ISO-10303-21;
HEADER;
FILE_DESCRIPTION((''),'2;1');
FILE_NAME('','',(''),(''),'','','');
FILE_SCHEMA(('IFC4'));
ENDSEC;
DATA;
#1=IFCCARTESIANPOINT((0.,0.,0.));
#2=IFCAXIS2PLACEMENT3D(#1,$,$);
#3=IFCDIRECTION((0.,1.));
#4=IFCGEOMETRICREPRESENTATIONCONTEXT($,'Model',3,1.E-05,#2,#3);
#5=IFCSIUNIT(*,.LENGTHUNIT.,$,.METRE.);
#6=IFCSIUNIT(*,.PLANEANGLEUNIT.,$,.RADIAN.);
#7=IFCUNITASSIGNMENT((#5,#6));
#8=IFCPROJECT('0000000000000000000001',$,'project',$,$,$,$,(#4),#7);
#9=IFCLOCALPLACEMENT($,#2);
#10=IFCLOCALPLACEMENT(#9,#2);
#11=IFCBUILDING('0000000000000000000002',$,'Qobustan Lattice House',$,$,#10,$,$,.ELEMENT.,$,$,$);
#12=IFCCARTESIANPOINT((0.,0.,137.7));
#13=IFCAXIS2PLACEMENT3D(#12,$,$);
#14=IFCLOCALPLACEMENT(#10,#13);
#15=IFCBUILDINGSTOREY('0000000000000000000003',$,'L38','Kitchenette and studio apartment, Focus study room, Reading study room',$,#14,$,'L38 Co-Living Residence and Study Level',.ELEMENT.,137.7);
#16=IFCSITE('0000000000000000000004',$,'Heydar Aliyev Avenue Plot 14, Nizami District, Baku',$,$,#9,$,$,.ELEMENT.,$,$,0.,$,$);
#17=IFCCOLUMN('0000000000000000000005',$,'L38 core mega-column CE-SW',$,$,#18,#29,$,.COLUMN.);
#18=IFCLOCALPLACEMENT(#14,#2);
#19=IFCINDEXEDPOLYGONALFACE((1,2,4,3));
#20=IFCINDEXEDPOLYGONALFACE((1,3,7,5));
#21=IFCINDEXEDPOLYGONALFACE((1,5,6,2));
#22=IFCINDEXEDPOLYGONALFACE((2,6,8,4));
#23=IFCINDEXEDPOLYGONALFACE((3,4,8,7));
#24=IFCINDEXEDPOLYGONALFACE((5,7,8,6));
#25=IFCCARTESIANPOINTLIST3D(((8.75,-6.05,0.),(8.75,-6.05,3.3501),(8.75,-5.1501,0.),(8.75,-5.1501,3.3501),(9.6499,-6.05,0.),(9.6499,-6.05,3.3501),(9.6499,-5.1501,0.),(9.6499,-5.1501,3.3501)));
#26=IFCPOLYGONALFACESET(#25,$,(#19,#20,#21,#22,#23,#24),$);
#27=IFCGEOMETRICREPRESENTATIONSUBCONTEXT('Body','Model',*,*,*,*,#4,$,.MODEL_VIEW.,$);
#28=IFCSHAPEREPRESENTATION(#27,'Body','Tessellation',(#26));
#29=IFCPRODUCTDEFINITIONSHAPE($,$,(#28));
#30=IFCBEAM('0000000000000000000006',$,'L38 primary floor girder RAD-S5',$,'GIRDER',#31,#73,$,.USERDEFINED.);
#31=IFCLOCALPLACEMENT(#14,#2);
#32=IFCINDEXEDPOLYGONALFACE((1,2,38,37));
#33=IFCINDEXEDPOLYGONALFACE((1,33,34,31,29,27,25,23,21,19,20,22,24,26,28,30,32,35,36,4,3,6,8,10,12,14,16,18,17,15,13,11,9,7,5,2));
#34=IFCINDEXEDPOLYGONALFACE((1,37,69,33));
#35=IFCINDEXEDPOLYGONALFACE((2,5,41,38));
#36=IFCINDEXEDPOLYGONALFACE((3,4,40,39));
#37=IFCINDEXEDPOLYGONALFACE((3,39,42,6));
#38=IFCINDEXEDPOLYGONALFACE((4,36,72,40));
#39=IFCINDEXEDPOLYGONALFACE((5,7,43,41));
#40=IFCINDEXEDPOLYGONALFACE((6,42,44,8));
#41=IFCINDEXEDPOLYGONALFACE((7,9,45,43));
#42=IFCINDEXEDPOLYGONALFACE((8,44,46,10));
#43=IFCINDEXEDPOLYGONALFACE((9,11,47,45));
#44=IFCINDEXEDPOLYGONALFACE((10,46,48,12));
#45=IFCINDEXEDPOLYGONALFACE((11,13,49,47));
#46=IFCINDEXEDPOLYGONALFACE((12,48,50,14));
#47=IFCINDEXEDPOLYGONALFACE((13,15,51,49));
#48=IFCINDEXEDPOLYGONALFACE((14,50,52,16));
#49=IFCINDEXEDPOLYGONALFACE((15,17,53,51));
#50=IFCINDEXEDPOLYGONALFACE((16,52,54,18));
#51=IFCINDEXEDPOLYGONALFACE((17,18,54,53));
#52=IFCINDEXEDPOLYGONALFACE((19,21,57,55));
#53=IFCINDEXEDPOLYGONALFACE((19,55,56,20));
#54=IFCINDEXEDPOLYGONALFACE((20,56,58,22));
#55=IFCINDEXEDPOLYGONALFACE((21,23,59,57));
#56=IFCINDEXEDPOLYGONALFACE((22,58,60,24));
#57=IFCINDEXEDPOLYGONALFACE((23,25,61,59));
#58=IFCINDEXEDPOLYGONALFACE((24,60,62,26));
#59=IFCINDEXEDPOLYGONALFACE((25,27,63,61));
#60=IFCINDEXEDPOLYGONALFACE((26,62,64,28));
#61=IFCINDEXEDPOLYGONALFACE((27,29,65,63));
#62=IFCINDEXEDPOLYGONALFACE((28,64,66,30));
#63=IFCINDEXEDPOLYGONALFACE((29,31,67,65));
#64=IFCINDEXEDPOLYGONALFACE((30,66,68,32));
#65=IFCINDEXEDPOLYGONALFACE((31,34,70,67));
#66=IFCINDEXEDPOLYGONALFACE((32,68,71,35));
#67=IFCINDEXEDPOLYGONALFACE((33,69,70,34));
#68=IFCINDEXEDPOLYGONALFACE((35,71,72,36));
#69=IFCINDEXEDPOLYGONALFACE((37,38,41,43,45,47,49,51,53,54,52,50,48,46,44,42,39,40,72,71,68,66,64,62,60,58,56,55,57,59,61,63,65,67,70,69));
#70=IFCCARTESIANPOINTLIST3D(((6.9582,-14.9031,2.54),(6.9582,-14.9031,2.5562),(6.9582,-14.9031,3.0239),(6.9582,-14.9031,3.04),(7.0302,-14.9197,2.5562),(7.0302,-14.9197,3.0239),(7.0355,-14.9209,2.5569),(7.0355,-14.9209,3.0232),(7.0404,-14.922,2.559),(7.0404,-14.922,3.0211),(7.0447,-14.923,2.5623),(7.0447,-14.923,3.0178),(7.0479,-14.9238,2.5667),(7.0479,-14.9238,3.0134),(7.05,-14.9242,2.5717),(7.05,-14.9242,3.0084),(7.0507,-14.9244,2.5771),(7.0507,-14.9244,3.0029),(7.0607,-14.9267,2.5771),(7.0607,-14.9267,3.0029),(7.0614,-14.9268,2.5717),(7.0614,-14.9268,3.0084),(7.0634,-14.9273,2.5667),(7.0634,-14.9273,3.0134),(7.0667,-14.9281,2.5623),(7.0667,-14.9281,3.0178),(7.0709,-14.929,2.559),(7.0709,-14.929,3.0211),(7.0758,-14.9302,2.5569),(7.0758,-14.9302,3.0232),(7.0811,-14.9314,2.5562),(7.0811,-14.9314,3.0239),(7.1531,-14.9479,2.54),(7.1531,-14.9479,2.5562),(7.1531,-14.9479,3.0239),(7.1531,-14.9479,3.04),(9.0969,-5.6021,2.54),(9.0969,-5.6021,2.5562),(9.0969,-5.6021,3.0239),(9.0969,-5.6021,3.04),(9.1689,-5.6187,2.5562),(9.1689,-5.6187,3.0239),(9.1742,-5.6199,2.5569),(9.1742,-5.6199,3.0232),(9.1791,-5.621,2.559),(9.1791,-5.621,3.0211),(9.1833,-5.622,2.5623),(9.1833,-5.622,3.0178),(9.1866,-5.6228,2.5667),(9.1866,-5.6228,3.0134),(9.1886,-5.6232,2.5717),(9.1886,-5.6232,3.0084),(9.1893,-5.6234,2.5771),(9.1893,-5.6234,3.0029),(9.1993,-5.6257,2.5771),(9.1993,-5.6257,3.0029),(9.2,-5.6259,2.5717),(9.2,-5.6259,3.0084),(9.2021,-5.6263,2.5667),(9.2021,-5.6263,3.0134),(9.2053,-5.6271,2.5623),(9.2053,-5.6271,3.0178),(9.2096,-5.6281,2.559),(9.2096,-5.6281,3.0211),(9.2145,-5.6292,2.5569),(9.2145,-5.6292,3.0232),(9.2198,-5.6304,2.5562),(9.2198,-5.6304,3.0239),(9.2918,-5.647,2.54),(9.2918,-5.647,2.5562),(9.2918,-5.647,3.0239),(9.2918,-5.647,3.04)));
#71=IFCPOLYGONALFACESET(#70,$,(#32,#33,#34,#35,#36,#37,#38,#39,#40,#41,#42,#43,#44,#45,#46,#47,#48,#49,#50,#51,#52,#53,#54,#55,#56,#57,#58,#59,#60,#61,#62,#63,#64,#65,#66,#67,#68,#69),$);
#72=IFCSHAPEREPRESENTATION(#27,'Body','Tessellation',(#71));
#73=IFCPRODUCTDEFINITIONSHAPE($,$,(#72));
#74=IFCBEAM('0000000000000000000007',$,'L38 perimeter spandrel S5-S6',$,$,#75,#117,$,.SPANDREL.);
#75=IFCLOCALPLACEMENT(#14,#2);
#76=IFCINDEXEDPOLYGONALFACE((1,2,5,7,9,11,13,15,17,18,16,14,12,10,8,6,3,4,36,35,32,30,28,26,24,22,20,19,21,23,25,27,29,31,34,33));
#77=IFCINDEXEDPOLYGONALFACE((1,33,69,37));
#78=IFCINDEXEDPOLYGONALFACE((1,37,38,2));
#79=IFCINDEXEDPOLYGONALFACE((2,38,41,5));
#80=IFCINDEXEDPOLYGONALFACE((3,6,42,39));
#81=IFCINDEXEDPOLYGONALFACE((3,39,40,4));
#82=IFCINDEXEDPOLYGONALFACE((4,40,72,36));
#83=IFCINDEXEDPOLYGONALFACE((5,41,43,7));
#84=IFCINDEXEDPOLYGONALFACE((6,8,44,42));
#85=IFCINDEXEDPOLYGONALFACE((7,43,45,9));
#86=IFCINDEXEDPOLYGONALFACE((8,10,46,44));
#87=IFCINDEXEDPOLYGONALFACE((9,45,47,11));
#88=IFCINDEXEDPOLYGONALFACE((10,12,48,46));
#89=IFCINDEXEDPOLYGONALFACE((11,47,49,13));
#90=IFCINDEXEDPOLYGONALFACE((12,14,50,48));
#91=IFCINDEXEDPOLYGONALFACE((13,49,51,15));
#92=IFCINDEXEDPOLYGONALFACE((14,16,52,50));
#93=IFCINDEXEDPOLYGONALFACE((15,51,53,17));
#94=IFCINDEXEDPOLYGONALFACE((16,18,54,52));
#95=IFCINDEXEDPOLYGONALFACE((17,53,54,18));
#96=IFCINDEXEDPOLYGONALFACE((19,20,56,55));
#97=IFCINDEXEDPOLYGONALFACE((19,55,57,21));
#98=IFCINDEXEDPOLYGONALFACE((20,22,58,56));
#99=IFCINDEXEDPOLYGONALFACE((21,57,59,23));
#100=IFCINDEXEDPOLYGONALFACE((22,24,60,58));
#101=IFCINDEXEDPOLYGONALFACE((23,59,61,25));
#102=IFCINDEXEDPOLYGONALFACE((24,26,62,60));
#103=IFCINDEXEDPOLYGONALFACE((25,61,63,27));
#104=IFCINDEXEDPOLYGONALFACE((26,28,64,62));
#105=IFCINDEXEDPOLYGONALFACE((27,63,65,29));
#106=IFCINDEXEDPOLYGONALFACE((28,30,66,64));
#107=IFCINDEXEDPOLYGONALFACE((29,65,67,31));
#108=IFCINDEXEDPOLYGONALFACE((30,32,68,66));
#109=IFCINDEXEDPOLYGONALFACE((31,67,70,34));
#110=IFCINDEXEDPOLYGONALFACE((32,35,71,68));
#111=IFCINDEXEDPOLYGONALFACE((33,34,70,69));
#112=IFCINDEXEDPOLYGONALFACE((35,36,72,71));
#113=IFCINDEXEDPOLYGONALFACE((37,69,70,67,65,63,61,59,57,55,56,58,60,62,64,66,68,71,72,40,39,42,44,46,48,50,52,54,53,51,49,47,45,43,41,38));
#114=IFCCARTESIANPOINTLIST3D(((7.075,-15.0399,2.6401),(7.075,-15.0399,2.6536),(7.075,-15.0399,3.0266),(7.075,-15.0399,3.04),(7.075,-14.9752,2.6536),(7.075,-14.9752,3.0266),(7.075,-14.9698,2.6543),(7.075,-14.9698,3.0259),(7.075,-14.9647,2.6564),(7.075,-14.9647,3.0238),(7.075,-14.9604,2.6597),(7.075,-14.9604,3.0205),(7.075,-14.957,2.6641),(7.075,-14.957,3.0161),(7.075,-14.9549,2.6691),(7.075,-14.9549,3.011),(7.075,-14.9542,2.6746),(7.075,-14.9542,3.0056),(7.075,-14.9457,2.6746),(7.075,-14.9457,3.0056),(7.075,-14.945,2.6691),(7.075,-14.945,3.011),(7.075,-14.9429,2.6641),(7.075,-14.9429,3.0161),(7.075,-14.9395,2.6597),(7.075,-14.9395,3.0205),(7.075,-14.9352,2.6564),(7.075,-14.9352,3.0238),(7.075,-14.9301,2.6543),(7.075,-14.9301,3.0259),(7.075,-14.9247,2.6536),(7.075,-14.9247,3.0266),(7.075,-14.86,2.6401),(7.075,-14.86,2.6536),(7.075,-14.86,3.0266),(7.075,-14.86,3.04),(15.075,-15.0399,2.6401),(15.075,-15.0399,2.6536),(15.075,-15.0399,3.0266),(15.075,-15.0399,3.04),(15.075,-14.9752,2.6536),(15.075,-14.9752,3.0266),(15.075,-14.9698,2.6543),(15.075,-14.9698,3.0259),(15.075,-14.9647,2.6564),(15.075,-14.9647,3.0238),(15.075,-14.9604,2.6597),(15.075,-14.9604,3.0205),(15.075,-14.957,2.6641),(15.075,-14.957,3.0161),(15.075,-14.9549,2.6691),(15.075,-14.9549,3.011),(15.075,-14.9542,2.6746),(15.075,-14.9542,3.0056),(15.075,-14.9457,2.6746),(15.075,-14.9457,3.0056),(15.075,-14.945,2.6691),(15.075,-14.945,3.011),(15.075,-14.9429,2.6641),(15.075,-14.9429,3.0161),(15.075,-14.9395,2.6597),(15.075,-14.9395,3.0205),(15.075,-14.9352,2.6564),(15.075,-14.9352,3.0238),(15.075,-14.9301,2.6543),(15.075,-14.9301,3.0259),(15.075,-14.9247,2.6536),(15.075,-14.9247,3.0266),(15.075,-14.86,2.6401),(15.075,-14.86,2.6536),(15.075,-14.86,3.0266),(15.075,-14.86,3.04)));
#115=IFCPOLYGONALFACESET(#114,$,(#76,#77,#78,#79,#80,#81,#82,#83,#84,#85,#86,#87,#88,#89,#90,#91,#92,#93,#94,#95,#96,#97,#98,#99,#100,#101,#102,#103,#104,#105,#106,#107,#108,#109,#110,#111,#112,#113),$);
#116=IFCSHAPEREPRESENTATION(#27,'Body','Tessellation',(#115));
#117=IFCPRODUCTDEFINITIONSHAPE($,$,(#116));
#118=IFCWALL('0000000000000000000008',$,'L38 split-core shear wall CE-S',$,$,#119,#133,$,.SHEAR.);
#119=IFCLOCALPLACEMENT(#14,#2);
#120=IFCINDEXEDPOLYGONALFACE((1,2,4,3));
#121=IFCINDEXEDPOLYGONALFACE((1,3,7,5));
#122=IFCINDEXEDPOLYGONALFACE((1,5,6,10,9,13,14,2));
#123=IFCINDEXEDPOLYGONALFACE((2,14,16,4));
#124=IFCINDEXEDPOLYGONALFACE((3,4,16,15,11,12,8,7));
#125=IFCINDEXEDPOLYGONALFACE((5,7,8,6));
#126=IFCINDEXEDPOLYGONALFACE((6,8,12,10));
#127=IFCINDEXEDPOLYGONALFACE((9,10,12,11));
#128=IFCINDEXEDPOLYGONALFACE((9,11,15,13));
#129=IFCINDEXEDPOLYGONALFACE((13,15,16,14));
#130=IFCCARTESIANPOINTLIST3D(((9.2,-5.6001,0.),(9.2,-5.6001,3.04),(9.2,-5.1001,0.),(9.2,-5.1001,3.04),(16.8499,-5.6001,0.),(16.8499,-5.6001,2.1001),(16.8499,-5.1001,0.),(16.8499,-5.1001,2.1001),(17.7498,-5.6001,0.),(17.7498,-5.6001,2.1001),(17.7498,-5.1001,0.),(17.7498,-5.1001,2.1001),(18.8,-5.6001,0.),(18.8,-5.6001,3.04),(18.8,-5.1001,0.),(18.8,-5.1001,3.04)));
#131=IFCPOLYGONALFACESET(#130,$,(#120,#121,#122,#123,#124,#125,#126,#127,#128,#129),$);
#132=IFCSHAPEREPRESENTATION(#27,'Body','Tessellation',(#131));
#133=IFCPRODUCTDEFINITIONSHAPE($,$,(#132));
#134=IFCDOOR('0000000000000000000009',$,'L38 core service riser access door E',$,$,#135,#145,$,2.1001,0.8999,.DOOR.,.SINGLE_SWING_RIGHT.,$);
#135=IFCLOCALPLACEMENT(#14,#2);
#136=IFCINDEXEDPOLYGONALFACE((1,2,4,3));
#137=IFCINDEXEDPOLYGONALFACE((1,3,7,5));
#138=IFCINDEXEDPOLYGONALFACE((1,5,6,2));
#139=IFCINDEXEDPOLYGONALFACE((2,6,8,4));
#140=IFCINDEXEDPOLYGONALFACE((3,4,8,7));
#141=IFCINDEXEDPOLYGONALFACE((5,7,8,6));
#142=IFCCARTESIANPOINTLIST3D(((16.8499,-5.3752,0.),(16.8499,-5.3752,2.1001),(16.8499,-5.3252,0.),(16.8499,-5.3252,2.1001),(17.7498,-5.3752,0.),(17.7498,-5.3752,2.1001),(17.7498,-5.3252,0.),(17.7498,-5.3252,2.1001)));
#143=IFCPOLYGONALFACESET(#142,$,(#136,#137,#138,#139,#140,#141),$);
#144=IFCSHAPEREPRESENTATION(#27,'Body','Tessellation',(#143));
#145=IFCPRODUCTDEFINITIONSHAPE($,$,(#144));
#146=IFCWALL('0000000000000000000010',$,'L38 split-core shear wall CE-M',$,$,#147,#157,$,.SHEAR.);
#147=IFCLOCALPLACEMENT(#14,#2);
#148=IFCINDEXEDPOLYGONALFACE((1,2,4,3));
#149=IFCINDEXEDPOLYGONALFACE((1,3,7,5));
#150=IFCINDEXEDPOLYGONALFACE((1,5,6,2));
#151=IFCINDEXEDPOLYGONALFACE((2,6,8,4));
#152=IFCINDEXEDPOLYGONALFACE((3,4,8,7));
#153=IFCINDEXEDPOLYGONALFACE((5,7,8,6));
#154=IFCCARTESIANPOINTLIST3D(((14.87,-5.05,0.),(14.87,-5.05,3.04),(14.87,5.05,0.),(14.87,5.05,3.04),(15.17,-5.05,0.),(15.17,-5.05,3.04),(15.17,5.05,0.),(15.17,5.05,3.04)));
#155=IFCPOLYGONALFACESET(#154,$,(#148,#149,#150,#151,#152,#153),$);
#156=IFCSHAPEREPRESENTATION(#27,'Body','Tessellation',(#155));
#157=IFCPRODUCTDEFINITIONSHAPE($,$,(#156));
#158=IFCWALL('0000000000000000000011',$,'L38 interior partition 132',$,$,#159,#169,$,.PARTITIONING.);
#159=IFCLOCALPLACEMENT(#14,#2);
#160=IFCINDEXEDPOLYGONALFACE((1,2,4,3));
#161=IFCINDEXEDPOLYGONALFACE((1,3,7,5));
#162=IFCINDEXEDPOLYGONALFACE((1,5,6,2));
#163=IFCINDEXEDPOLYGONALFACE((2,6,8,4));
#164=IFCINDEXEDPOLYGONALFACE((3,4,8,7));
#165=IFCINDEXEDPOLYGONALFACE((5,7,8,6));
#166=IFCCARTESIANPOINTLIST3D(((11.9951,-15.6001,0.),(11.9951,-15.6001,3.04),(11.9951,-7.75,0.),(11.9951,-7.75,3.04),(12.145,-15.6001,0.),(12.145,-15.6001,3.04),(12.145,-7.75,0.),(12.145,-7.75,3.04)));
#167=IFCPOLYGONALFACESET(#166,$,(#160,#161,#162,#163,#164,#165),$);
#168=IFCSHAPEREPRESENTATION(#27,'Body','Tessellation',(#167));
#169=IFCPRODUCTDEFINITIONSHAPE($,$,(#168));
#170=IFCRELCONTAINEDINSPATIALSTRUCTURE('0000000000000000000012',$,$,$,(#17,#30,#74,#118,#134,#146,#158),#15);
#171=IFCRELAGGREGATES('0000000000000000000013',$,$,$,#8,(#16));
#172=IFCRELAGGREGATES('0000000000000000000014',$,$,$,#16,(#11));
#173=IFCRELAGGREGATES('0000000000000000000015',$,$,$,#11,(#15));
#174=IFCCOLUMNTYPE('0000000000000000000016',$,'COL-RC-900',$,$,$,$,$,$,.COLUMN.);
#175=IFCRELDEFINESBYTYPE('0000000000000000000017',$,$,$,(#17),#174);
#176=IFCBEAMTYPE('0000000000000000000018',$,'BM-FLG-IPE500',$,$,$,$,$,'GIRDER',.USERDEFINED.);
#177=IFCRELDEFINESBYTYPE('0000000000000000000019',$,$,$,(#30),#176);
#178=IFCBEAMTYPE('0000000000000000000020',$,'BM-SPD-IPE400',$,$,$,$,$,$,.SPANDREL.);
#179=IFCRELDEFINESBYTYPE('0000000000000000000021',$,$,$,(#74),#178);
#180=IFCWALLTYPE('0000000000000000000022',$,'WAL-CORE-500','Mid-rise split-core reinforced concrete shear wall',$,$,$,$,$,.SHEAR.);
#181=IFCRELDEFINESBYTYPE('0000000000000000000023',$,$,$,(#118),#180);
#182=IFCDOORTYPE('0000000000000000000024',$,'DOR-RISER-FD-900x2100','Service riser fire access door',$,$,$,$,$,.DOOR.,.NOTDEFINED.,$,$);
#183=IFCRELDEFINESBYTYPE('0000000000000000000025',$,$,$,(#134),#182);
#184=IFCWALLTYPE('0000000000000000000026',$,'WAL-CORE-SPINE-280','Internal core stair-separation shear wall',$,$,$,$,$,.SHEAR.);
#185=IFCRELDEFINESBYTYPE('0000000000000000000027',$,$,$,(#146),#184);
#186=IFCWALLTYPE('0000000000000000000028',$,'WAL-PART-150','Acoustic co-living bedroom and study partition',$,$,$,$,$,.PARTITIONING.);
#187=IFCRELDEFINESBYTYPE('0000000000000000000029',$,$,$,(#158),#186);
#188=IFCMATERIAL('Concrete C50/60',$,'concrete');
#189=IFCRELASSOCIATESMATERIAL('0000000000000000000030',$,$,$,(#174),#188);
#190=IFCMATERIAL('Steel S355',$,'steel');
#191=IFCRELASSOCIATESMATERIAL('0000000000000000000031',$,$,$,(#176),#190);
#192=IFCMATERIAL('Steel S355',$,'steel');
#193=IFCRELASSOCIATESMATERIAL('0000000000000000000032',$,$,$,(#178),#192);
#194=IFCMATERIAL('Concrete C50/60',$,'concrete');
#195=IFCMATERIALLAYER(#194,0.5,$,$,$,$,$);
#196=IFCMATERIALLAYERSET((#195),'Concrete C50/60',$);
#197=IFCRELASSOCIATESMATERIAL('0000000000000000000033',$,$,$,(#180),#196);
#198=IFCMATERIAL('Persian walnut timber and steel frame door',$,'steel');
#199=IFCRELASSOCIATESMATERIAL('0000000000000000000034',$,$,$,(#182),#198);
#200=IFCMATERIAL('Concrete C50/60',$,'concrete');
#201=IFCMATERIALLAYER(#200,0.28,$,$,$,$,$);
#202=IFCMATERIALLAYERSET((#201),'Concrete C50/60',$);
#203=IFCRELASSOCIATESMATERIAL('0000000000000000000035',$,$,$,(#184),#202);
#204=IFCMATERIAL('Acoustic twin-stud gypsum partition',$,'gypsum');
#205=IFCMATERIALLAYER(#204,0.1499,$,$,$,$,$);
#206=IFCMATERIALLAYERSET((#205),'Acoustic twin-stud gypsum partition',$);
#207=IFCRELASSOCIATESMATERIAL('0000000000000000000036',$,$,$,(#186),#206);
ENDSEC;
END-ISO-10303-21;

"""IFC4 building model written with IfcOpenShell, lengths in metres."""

from ifc_helpers import new_model, si_unit, direction, frame, frame_2d, origin, origin_2d, place, context, subcontext, project, spatial, rectangle, i_section, extrude, material, layer, layer_set, material_profile, profile_set, type_object, element, fill, save


model = new_model("IFC4")

# Units and contexts
model_context = context("Model", 3, precision=1e-05, world=origin(), true_north=direction((0.0, 1.0)))
body_context = subcontext(model_context, "Body", "Model", "MODEL_VIEW")
ifc_project = project(units=[si_unit("LENGTHUNIT", "METRE"), si_unit("PLANEANGLEUNIT", "RADIAN")], contexts=[model_context])

# Site, building, storey
site_placement = place(None, origin())
site = spatial("IfcSite", under=ifc_project, at=site_placement, Name="Heydar Aliyev Avenue Plot 14, Nizami District, Baku", CompositionType="ELEMENT", RefElevation=0.0)
building_placement = place(site_placement, origin())
building = spatial("IfcBuilding", under=site, at=building_placement, Name="Qobustan Lattice House", CompositionType="ELEMENT")
storey_placement = place(building_placement, frame((0.0, 0.0, 137.7)))
storey = spatial("IfcBuildingStorey", under=building, at=storey_placement, Name="L38", Description="Kitchenette and studio apartment, Focus study room, Reading study room", LongName="L38 Co-Living Residence and Study Level", CompositionType="ELEMENT", Elevation=137.7)

# Column
ifc_material_1 = material(Name="Concrete C50/60", Category="concrete")
ifc_material_profile_1 = material_profile(ifc_material_1, rectangle(XDim=0.8999, YDim=0.8999, at=origin_2d()), Name="RC900x900")
ifc_profile_set_1 = profile_set([ifc_material_profile_1], Name="Concrete C50/60")
column_type = type_object("IfcColumnType", Name="COL-RC-900", PredefinedType="COLUMN", material=ifc_profile_set_1)
column_placement = place(storey_placement, frame((9.2, -5.6001, 0.0), z_axis=(0.0, 0.0, 1.0), x_axis=(1.0, 0.0, 0.0)))
element("IfcColumn", 1, at=column_placement, inside=storey, type_object=column_type, Name="L38 core mega-column CE-SW", PredefinedType="COLUMN", context=body_context, shape_type="SweptSolid", body=[
    extrude(rectangle(XDim=0.8999, YDim=0.8999, at=origin_2d()), origin(), (0.0, 0.0, 1.0), 3.3501),
])

# Beams
ifc_material_2 = material(Name="Steel S355", Category="steel")
ifc_material_profile_2 = material_profile(ifc_material_2, i_section(OverallWidth=0.2, OverallDepth=0.5, WebThickness=0.0103, FlangeThickness=0.0161, FilletRadius=0.021, at=origin_2d()), Name="IPE500")
ifc_profile_set_2 = profile_set([ifc_material_profile_2], Name="Steel S355")
beam_type_1 = type_object("IfcBeamType", Name="BM-FLG-IPE500", ElementType="GIRDER", PredefinedType="USERDEFINED", material=ifc_profile_set_2)
beam_1_placement = place(storey_placement, frame((7.0557, -14.9255, 2.79), z_axis=(0.224092, 0.974568, 0.0), x_axis=(-0.974568, 0.224092, 0.0)))
element("IfcBeam", 2, at=beam_1_placement, inside=storey, type_object=beam_type_1, Name="L38 primary floor girder RAD-S5", ObjectType="GIRDER", PredefinedType="USERDEFINED", context=body_context, shape_type="SweptSolid", body=[
    extrude(i_section(OverallWidth=0.2, OverallDepth=0.5, WebThickness=0.0103, FlangeThickness=0.0161, FilletRadius=0.021, at=origin_2d()), origin(), (0.0, 0.0, 1.0), 9.5437),
])
ifc_material_3 = material(Name="Steel S355", Category="steel")
ifc_material_profile_3 = material_profile(ifc_material_3, i_section(OverallWidth=0.1799, OverallDepth=0.3999, WebThickness=0.0085, FlangeThickness=0.0134, FilletRadius=0.021, at=origin_2d()), Name="IPE400")
ifc_profile_set_3 = profile_set([ifc_material_profile_3], Name="Steel S355")
beam_type_2 = type_object("IfcBeamType", Name="BM-SPD-IPE400", PredefinedType="SPANDREL", material=ifc_profile_set_3)
beam_2_placement = place(storey_placement, frame((7.075, -14.95, 2.8401), z_axis=(1.0, 0.0, 0.0), x_axis=(0.0, 1.0, 0.0)))
element("IfcBeam", 3, at=beam_2_placement, inside=storey, type_object=beam_type_2, Name="L38 perimeter spandrel S5-S6", PredefinedType="SPANDREL", context=body_context, shape_type="SweptSolid", body=[
    extrude(i_section(OverallWidth=0.1799, OverallDepth=0.3999, WebThickness=0.0085, FlangeThickness=0.0134, FilletRadius=0.021, at=origin_2d()), origin(), (0.0, 0.0, 1.0), 8.0),
])

# Wall, opening, door
ifc_material_4 = material(Name="Concrete C50/60", Category="concrete")
ifc_layer_1 = layer(ifc_material_4, 0.5)
ifc_layer_set_1 = layer_set([ifc_layer_1], Name="Concrete C50/60")
wall_type_1 = type_object("IfcWallType", Name="WAL-CORE-500", Description="Mid-rise split-core reinforced concrete shear wall", PredefinedType="SHEAR", material=ifc_layer_set_1)
wall_1_placement = place(storey_placement, frame((9.2, -5.3501, 0.0), z_axis=(0.0, 0.0, 1.0), x_axis=(1.0, 0.0, 0.0)))
wall_1 = element("IfcWall", 4, at=wall_1_placement, inside=storey, type_object=wall_type_1, Name="L38 split-core shear wall CE-S", PredefinedType="SHEAR", context=body_context, shape_type="SweptSolid", body=[
    extrude(rectangle(XDim=9.6001, YDim=0.5, at=frame_2d((4.8, 0.0))), origin(), (0.0, 0.0, 1.0), 3.04),
])
opening_1_placement = place(wall_1_placement, frame((7.6499, 0.0, 0.0)))
opening_1 = element("IfcOpeningElement", 5, at=opening_1_placement, cuts=wall_1, PredefinedType="OPENING", context=body_context, shape_type="SweptSolid", body=[
    extrude(rectangle(XDim=0.8999, YDim=2.1001, at=frame_2d((0.45, 1.05))), frame((0.0, 0.26, 0.0), z_axis=(0.0, -1.0, 0.0), x_axis=(1.0, 0.0, 0.0)), (0.0, 0.0, 1.0), 0.52),
])
ifc_material_5 = material(Name="Persian walnut timber and steel frame door", Category="steel")
door_type_1 = type_object("IfcDoorType", Name="DOR-RISER-FD-900x2100", Description="Service riser fire access door", OperationType="NOTDEFINED", PredefinedType="DOOR", material=ifc_material_5)
door_1_placement = place(opening_1_placement, origin())
door_1 = element("IfcDoor", 6, at=door_1_placement, inside=storey, type_object=door_type_1, Name="L38 core service riser access door E", OperationType="SINGLE_SWING_RIGHT", OverallHeight=2.1001, OverallWidth=0.8999, PredefinedType="DOOR", context=body_context, shape_type="SweptSolid", body=[
    extrude(rectangle(XDim=0.8999, YDim=2.1001, at=frame_2d((0.45, 1.05))), frame((0.0, 0.0249, 0.0), z_axis=(0.0, -1.0, 0.0), x_axis=(1.0, 0.0, 0.0)), (0.0, 0.0, 1.0), 0.05),
])
fill(opening_1, door_1)

# Wall
ifc_material_6 = material(Name="Concrete C50/60", Category="concrete")
ifc_layer_2 = layer(ifc_material_6, 0.28)
ifc_layer_set_2 = layer_set([ifc_layer_2], Name="Concrete C50/60")
wall_type_2 = type_object("IfcWallType", Name="WAL-CORE-SPINE-280", Description="Internal core stair-separation shear wall", PredefinedType="SHEAR", material=ifc_layer_set_2)
wall_2_placement = place(storey_placement, frame((15.02, -5.05, 0.0), z_axis=(0.0, 0.0, 1.0), x_axis=(0.0, 1.0, 0.0)))
element("IfcWall", 7, at=wall_2_placement, inside=storey, type_object=wall_type_2, Name="L38 split-core shear wall CE-M", PredefinedType="SHEAR", context=body_context, shape_type="SweptSolid", body=[
    extrude(rectangle(XDim=10.1001, YDim=0.3, at=frame_2d((5.05, 0.0))), origin(), (0.0, 0.0, 1.0), 3.04),
])

# Wall
ifc_material_7 = material(Name="Acoustic twin-stud gypsum partition", Category="gypsum")
ifc_layer_3 = layer(ifc_material_7, 0.1499)
ifc_layer_set_3 = layer_set([ifc_layer_3], Name="Acoustic twin-stud gypsum partition")
wall_type_3 = type_object("IfcWallType", Name="WAL-PART-150", Description="Acoustic co-living bedroom and study partition", PredefinedType="PARTITIONING", material=ifc_layer_set_3)
wall_3_placement = place(storey_placement, frame((12.0701, -7.75, 0.0), z_axis=(0.0, 0.0, 1.0), x_axis=(0.0, -1.0, 0.0)))
element("IfcWall", 8, at=wall_3_placement, inside=storey, type_object=wall_type_3, Name="L38 interior partition 132", PredefinedType="PARTITIONING", context=body_context, shape_type="SweptSolid", body=[
    extrude(rectangle(XDim=7.8501, YDim=0.1499, at=frame_2d((3.925, 0.0))), origin(), (0.0, 0.0, 1.0), 3.04),
])

save(model, "model.ifc")
